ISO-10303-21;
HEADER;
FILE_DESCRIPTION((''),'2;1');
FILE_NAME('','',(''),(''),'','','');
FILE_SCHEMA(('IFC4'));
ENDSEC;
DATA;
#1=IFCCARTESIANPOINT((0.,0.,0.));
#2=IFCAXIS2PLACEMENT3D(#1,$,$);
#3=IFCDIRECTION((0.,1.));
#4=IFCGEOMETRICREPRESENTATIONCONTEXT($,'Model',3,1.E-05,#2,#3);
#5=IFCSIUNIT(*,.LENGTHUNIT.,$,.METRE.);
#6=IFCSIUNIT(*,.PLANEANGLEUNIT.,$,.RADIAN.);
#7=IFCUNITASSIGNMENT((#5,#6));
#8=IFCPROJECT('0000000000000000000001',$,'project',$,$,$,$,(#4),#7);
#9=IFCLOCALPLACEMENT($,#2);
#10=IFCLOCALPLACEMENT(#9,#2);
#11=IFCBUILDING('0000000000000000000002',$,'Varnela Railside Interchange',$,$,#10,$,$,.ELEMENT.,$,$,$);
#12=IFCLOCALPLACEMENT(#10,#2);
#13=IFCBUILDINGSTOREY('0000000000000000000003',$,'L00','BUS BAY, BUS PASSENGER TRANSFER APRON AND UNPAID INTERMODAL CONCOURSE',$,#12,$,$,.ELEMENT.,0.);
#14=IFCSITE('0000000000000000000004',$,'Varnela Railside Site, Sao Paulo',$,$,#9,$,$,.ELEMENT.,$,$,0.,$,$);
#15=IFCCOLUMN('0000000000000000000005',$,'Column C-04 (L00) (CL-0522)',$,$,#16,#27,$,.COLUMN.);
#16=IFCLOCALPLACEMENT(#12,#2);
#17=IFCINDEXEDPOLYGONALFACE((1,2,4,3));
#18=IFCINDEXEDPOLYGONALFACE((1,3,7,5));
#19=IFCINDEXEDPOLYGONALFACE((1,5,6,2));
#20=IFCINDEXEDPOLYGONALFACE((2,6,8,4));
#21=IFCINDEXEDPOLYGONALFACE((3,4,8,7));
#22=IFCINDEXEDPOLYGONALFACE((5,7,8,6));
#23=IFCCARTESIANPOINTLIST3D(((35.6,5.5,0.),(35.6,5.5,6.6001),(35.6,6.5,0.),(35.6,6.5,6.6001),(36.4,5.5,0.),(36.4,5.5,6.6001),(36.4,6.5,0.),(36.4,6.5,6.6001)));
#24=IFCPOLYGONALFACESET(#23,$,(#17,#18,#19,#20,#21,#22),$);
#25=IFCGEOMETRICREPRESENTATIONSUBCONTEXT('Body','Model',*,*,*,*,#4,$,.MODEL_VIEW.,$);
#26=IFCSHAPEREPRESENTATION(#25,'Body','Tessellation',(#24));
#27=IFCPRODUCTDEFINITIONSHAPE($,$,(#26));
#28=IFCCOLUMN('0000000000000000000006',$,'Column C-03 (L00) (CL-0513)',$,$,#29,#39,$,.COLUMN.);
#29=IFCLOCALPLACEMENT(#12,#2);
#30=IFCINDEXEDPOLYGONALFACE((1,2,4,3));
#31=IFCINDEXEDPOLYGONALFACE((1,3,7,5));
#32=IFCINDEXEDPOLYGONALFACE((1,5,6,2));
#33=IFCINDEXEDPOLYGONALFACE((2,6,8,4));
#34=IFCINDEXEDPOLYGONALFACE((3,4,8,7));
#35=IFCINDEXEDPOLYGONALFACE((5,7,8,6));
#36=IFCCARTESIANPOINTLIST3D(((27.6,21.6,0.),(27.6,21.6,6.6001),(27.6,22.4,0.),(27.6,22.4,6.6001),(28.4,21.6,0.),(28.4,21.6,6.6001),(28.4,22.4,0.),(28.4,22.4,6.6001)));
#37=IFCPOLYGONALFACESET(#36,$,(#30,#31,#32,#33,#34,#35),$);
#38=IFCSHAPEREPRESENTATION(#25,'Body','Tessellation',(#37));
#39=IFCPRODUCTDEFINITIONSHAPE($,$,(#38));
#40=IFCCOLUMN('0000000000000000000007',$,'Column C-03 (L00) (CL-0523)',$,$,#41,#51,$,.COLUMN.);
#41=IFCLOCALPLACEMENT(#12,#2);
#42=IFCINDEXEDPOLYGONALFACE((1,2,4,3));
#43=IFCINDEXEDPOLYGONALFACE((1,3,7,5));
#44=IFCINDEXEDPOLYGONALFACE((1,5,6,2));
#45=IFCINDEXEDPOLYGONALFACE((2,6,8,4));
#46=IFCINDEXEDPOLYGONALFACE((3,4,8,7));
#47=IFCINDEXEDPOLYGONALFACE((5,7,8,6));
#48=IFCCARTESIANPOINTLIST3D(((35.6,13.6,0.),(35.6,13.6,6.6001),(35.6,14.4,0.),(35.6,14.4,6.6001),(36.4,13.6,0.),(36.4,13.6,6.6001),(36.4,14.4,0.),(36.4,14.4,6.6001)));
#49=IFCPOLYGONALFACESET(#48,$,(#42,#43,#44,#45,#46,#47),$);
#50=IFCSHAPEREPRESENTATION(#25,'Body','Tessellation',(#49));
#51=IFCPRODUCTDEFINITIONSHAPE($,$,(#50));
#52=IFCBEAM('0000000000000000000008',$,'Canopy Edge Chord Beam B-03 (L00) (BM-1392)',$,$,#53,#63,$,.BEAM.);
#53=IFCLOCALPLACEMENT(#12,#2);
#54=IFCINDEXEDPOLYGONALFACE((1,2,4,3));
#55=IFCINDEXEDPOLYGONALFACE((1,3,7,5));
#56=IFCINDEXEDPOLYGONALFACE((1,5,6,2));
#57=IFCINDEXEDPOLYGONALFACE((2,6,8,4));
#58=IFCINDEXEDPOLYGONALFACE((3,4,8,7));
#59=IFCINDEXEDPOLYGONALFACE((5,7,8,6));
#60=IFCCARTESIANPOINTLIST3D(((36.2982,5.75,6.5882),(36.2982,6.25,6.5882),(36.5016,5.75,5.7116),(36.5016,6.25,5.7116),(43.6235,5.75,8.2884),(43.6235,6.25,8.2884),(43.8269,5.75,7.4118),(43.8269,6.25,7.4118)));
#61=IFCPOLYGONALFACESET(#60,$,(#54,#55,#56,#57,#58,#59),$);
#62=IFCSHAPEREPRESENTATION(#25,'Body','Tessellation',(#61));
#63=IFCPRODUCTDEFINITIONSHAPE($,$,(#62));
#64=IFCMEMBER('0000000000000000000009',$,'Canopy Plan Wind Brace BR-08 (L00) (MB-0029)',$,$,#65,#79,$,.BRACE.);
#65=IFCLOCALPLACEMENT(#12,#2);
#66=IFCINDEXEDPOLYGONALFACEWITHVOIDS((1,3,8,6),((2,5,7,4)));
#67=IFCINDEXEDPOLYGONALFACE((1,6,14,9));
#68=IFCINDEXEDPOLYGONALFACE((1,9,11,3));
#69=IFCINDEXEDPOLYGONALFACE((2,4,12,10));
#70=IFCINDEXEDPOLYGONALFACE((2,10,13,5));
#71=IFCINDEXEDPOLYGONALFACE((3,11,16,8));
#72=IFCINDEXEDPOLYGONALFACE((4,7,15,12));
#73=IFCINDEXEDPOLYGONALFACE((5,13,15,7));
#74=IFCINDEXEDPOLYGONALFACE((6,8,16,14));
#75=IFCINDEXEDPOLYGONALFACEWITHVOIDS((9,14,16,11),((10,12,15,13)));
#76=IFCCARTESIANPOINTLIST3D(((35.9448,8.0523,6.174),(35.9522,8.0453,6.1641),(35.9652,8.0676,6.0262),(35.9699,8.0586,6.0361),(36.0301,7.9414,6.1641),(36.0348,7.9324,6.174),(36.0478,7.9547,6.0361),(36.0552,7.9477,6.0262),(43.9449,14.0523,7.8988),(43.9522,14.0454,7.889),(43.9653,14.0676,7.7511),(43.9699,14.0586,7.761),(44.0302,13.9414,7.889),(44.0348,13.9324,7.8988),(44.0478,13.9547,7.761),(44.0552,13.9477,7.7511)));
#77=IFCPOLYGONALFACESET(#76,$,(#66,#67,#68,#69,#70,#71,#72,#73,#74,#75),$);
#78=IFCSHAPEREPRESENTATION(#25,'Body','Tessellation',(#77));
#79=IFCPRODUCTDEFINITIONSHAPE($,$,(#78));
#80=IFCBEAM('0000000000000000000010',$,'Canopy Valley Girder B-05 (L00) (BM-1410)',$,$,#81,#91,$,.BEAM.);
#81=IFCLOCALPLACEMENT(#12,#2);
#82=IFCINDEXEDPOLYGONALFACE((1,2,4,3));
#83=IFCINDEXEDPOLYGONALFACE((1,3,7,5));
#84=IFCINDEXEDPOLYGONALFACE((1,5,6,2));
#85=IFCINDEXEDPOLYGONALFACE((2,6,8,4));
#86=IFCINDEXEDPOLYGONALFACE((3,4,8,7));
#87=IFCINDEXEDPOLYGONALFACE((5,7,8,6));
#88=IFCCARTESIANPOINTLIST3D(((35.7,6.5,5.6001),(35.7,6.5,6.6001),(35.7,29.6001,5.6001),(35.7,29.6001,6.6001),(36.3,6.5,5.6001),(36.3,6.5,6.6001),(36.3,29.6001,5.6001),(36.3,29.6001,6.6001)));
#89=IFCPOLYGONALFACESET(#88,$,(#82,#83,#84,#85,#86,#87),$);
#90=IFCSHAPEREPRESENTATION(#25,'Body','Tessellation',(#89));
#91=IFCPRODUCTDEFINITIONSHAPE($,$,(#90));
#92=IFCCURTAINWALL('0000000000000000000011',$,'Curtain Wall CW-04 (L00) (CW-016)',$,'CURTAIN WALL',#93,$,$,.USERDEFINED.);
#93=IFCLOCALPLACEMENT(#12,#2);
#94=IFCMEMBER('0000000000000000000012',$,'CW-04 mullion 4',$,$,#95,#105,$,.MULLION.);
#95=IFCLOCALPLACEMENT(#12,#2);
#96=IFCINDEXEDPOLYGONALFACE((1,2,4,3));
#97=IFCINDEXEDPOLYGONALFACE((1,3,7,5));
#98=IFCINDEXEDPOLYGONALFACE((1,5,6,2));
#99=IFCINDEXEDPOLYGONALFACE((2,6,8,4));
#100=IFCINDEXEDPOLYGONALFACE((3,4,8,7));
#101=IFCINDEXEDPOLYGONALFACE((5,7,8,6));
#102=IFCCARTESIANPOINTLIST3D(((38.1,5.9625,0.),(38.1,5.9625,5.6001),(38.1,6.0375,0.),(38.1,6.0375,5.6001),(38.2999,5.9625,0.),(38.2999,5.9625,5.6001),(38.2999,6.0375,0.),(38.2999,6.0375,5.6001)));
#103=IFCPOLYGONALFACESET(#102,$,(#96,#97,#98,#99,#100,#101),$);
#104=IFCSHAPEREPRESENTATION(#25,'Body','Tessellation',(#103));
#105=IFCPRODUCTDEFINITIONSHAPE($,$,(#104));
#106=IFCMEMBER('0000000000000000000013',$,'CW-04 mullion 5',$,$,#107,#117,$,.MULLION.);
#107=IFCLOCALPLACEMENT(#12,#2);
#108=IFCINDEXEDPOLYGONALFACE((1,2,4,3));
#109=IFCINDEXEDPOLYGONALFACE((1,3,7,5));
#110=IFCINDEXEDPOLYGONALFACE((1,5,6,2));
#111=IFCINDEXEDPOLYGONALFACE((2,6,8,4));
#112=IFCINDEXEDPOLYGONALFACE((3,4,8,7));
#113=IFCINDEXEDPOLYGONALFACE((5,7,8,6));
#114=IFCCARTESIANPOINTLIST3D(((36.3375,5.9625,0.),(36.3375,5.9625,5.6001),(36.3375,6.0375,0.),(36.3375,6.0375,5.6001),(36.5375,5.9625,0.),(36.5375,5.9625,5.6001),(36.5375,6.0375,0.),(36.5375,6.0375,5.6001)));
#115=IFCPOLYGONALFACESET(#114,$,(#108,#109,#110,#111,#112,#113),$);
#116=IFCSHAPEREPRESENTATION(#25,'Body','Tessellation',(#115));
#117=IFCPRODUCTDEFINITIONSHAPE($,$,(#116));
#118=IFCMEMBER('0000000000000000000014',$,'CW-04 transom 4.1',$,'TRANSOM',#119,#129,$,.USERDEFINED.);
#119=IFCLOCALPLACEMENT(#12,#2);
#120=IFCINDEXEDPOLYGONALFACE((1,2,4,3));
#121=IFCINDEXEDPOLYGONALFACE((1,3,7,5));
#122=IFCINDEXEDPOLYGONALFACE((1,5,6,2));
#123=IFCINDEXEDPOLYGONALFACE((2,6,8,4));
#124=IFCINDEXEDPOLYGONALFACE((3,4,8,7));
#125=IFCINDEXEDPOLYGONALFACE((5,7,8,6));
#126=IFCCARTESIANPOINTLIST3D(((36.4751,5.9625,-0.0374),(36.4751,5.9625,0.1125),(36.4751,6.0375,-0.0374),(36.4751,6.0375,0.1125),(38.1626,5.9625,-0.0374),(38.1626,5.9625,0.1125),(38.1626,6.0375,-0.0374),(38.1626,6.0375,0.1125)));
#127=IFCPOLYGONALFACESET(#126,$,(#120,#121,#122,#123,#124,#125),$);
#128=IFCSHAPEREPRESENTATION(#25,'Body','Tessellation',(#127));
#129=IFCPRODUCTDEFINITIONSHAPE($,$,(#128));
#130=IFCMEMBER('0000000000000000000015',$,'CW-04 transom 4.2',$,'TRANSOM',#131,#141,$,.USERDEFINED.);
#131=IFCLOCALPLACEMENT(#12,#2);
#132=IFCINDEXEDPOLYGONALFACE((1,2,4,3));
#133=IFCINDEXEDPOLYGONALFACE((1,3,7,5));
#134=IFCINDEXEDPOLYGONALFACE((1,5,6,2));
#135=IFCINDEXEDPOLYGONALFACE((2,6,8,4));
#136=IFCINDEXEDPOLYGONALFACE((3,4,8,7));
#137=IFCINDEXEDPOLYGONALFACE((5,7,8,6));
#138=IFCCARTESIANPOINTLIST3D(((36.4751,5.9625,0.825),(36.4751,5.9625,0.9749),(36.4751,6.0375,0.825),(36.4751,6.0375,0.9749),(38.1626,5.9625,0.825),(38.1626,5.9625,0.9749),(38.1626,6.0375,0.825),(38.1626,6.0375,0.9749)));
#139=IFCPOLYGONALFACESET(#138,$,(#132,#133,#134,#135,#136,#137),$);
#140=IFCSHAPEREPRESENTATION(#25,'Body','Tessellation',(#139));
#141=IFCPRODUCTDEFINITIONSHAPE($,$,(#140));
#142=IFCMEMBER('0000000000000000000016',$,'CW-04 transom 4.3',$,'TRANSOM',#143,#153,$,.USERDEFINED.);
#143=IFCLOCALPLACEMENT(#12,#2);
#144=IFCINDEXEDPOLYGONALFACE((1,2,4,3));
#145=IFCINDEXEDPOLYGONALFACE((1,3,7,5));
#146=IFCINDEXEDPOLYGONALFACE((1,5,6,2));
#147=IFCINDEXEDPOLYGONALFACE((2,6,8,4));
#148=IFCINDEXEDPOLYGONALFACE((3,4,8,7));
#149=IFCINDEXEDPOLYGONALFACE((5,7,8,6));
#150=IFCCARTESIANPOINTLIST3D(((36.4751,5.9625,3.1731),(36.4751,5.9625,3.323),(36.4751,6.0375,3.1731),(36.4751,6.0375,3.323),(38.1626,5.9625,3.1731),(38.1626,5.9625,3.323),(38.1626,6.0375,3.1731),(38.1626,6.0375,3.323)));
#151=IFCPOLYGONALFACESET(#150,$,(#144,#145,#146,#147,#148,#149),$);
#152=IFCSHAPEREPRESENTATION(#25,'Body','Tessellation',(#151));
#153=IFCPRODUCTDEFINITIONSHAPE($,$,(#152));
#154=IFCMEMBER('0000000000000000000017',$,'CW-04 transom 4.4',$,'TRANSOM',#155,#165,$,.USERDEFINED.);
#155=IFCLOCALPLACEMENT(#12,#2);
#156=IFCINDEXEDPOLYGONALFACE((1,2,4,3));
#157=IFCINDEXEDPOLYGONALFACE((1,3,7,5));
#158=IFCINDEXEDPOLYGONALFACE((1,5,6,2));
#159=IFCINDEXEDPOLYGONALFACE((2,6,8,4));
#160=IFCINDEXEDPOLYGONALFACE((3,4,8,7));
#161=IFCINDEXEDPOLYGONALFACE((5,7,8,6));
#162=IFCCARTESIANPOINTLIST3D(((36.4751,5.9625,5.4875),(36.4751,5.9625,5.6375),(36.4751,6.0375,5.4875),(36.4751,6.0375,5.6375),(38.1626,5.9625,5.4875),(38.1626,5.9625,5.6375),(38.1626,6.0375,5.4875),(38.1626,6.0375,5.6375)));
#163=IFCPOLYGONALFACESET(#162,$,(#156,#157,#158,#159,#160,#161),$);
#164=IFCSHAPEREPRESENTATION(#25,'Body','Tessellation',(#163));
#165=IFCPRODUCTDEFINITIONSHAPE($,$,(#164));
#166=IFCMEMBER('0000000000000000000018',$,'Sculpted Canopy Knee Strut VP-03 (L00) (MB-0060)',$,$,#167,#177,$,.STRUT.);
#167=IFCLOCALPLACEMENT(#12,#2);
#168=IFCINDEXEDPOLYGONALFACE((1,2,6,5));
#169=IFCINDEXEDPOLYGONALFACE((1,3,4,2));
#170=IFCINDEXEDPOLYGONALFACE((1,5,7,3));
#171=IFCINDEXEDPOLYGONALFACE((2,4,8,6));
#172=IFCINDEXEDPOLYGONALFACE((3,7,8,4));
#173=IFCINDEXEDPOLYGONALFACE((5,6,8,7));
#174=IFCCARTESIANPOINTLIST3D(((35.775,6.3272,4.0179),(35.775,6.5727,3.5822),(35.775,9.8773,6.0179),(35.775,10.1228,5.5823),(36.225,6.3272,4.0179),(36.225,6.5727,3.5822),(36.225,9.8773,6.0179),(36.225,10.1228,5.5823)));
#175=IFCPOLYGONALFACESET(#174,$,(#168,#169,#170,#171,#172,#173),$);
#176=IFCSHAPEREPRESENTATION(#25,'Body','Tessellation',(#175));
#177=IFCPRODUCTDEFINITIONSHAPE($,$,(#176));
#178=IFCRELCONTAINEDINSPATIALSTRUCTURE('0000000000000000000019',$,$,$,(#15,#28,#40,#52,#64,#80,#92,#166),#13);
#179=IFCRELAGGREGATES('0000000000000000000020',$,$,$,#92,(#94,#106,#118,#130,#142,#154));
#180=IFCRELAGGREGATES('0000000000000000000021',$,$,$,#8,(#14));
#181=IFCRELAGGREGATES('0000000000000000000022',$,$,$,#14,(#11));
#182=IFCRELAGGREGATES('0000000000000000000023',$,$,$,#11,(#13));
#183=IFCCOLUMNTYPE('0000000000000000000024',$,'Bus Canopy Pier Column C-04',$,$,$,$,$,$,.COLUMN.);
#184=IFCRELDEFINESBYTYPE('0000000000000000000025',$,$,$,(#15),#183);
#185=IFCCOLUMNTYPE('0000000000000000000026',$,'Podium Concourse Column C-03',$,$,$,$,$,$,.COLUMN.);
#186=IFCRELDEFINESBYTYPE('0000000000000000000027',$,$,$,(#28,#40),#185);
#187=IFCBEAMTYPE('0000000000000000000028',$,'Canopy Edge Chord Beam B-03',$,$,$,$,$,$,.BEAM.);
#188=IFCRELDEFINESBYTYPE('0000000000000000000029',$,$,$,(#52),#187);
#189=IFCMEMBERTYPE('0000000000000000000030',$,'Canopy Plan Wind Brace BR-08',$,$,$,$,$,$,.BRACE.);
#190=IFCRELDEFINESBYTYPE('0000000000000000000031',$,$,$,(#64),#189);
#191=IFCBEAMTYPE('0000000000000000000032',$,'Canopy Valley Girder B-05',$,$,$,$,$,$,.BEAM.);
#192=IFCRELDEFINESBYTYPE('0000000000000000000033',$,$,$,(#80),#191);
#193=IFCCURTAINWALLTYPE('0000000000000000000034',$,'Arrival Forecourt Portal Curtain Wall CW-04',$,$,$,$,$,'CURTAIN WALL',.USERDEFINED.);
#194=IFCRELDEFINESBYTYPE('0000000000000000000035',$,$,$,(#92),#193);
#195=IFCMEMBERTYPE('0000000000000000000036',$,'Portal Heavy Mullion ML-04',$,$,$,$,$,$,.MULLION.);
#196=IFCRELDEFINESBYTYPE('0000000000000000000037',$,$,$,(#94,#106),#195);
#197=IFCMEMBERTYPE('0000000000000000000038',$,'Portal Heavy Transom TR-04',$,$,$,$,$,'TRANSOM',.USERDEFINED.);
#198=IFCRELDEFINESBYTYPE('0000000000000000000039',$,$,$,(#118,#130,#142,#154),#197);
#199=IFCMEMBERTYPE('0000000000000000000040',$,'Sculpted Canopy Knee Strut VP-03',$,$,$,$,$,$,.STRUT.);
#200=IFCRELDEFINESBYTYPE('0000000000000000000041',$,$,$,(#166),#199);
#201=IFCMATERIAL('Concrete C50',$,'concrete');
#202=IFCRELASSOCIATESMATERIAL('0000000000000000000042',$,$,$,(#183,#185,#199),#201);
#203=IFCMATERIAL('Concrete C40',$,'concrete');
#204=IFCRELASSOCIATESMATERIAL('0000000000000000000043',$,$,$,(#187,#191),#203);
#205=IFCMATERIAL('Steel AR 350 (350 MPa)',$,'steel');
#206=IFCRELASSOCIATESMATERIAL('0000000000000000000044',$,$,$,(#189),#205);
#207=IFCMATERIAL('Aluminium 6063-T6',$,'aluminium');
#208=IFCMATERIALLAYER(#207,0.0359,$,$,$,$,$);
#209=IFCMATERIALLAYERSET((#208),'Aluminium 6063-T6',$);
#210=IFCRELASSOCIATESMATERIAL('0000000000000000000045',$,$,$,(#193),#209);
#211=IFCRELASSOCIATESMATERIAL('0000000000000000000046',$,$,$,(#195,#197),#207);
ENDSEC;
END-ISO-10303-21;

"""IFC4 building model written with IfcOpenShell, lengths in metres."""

from ifc_helpers import new_model, si_unit, direction, frame, origin, origin_2d, place, context, subcontext, project, spatial, rectangle, hollow_rectangle, extrude, material, layer, layer_set, material_profile, profile_set, type_object, element, aggregate, save


model = new_model("IFC4")

# Units and contexts
model_context = context("Model", 3, precision=1e-05, world=origin(), true_north=direction((0.0, 1.0)))
body_context = subcontext(model_context, "Body", "Model", "MODEL_VIEW")
ifc_project = project(units=[si_unit("LENGTHUNIT", "METRE"), si_unit("PLANEANGLEUNIT", "RADIAN")], contexts=[model_context])

# Site, building, storey
site_placement = place(None, origin())
site = spatial("IfcSite", under=ifc_project, at=site_placement, Name="Varnela Railside Site, Sao Paulo", CompositionType="ELEMENT", RefElevation=0.0)
building_placement = place(site_placement, origin())
building = spatial("IfcBuilding", under=site, at=building_placement, Name="Varnela Railside Interchange", CompositionType="ELEMENT")
storey_placement = place(building_placement, origin())
storey = spatial("IfcBuildingStorey", under=building, at=storey_placement, Name="L00", Description="BUS BAY, BUS PASSENGER TRANSFER APRON AND UNPAID INTERMODAL CONCOURSE", CompositionType="ELEMENT", Elevation=0.0)

# Columns
ifc_material_1 = material(Name="Concrete C50", Category="concrete")
ifc_material_profile_1 = material_profile(ifc_material_1, rectangle(XDim=0.8, YDim=1.0, at=origin_2d()), Name="RC 800x1000")
ifc_profile_set_1 = profile_set([ifc_material_profile_1], Name="Concrete C50")
column_type_1 = type_object("IfcColumnType", Name="Bus Canopy Pier Column C-04", PredefinedType="COLUMN", material=ifc_profile_set_1)
column_placement = place(storey_placement, frame((36.0, 6.0, 0.0), z_axis=(0.0, 0.0, 1.0), x_axis=(1.0, 0.0, 0.0)))
element("IfcColumn", 1, at=column_placement, inside=storey, type_object=column_type_1, Name="Column C-04 (L00) (CL-0522)", PredefinedType="COLUMN", context=body_context, shape_type="SweptSolid", body=[
    extrude(rectangle(XDim=0.8, YDim=1.0, at=origin_2d()), origin(), (0.0, 0.0, 1.0), 6.6001),
])
ifc_material_profile_2 = material_profile(ifc_material_1, rectangle(XDim=0.8, YDim=0.8, at=origin_2d()), Name="RC 800x800")
ifc_profile_set_2 = profile_set([ifc_material_profile_2], Name="Concrete C50")
column_type_2 = type_object("IfcColumnType", Name="Podium Concourse Column C-03", PredefinedType="COLUMN", material=ifc_profile_set_2)
for number, where, z_axis, x_axis, name in (
    (2, (28.0, 22.0, 0.0), (0.0, 0.0, 1.0), (1.0, 0.0, 0.0), "Column C-03 (L00) (CL-0513)"),
    (3, (36.0, 14.0, 0.0), (0.0, 0.0, 1.0), (1.0, 0.0, 0.0), "Column C-03 (L00) (CL-0523)"),
):
    element("IfcColumn", number, at=place(storey_placement, frame(where, z_axis=z_axis, x_axis=x_axis)), inside=storey, type_object=column_type_2, Name=name, PredefinedType="COLUMN", context=body_context, shape_type="SweptSolid", body=[
        extrude(rectangle(XDim=0.8, YDim=0.8, at=origin_2d()), origin(), (0.0, 0.0, 1.0), 6.6001),
    ])

# Beam
ifc_material_2 = material(Name="Concrete C40", Category="concrete")
ifc_material_profile_3 = material_profile(ifc_material_2, rectangle(XDim=0.5, YDim=0.8999, at=origin_2d()), Name="RC 500x900")
ifc_profile_set_3 = profile_set([ifc_material_profile_3], Name="Concrete C40")
beam_type_1 = type_object("IfcBeamType", Name="Canopy Edge Chord Beam B-03", PredefinedType="BEAM", material=ifc_profile_set_3)
beam_1_placement = place(storey_placement, frame((36.3999, 6.0, 6.1499), z_axis=(0.974106, 0.0, 0.226092), x_axis=(0.0, 1.0, 0.0)))
element("IfcBeam", 4, at=beam_1_placement, inside=storey, type_object=beam_type_1, Name="Canopy Edge Chord Beam B-03 (L00) (BM-1392)", PredefinedType="BEAM", context=body_context, shape_type="SweptSolid", body=[
    extrude(rectangle(XDim=0.5, YDim=0.8999, at=origin_2d()), origin(), (0.0, 0.0, 1.0), 7.52),
])

# Member
ifc_material_3 = material(Name="Steel AR 350 (350 MPa)", Category="steel")
ifc_material_profile_4 = material_profile(ifc_material_3, hollow_rectangle(XDim=0.1499, YDim=0.1499, WallThickness=0.01, at=origin_2d()), Name="HSS 150x150x10")
ifc_profile_set_4 = profile_set([ifc_material_profile_4], Name="Steel AR 350 (350 MPa)")
member_type_1 = type_object("IfcMemberType", Name="Canopy Plan Wind Brace BR-08", PredefinedType="BRACE", material=ifc_profile_set_4)
member_1_placement = place(storey_placement, frame((36.0, 8.0, 6.1001), z_axis=(0.788359, 0.591269, 0.169975), x_axis=(-0.6, 0.8, 0.0)))
element("IfcMember", 5, at=member_1_placement, inside=storey, type_object=member_type_1, Name="Canopy Plan Wind Brace BR-08 (L00) (MB-0029)", PredefinedType="BRACE", context=body_context, shape_type="SweptSolid", body=[
    extrude(hollow_rectangle(XDim=0.1499, YDim=0.1499, WallThickness=0.01, at=origin_2d()), origin(), (0.0, 0.0, 1.0), 10.1477),
])

# Beam
ifc_material_profile_5 = material_profile(ifc_material_2, rectangle(XDim=0.6001, YDim=1.0, at=origin_2d()), Name="RC 600x1000")
ifc_profile_set_5 = profile_set([ifc_material_profile_5], Name="Concrete C40")
beam_type_2 = type_object("IfcBeamType", Name="Canopy Valley Girder B-05", PredefinedType="BEAM", material=ifc_profile_set_5)
beam_2_placement = place(storey_placement, frame((36.0, 6.5, 6.1001), z_axis=(0.0, 1.0, 0.0), x_axis=(-1.0, 0.0, 0.0)))
element("IfcBeam", 6, at=beam_2_placement, inside=storey, type_object=beam_type_2, Name="Canopy Valley Girder B-05 (L00) (BM-1410)", PredefinedType="BEAM", context=body_context, shape_type="SweptSolid", body=[
    extrude(rectangle(XDim=0.6001, YDim=1.0, at=origin_2d()), origin(), (0.0, 0.0, 1.0), 23.1001),
])

# Curtain wall, members
ifc_material_4 = material(Name="Aluminium 6063-T6", Category="aluminium")
ifc_layer_1 = layer(ifc_material_4, 0.0359)
ifc_layer_set_1 = layer_set([ifc_layer_1], Name="Aluminium 6063-T6")
curtain_wall_type = type_object("IfcCurtainWallType", Name="Arrival Forecourt Portal Curtain Wall CW-04", ElementType="CURTAIN WALL", PredefinedType="USERDEFINED", material=ifc_layer_set_1)
curtain_wall_placement = place(storey_placement, origin())
curtain_wall = element("IfcCurtainWall", 7, at=curtain_wall_placement, inside=storey, type_object=curtain_wall_type, Name="Curtain Wall CW-04 (L00) (CW-016)", ObjectType="CURTAIN WALL", PredefinedType="USERDEFINED")
ifc_material_profile_6 = material_profile(ifc_material_4, rectangle(XDim=0.075, YDim=0.2, at=origin_2d()), Name="ALU 75x200")
ifc_profile_set_6 = profile_set([ifc_material_profile_6], Name="Aluminium 6063-T6")
member_type_2 = type_object("IfcMemberType", Name="Portal Heavy Mullion ML-04", PredefinedType="MULLION", material=ifc_profile_set_6)
member_2_placement = place(storey_placement, frame((38.2, 6.0, 0.0), z_axis=(0.0, 0.0, 1.0), x_axis=(0.0, -1.0, 0.0)))
member_2 = element("IfcMember", 8, at=member_2_placement, type_object=member_type_2, Name="CW-04 mullion 4", PredefinedType="MULLION", context=body_context, shape_type="SweptSolid", body=[
    extrude(rectangle(XDim=0.075, YDim=0.2, at=origin_2d()), origin(), (0.0, 0.0, 1.0), 5.6001),
])
member_3_placement = place(storey_placement, frame((36.4375, 6.0, 0.0), z_axis=(0.0, 0.0, 1.0), x_axis=(0.0, -1.0, 0.0)))
member_3 = element("IfcMember", 9, at=member_3_placement, type_object=member_type_2, Name="CW-04 mullion 5", PredefinedType="MULLION", context=body_context, shape_type="SweptSolid", body=[
    extrude(rectangle(XDim=0.075, YDim=0.2, at=origin_2d()), origin(), (0.0, 0.0, 1.0), 5.6001),
])
ifc_material_profile_7 = material_profile(ifc_material_4, rectangle(XDim=0.075, YDim=0.1499, at=origin_2d()), Name="ALU 75x150")
ifc_profile_set_7 = profile_set([ifc_material_profile_7], Name="Aluminium 6063-T6")
member_type_3 = type_object("IfcMemberType", Name="Portal Heavy Transom TR-04", ElementType="TRANSOM", PredefinedType="USERDEFINED", material=ifc_profile_set_7)
member_4_placement = place(storey_placement, frame((38.1626, 6.0, 0.0376), z_axis=(-1.0, 0.0, 0.0), x_axis=(0.0, -1.0, 0.0)))
member_4 = element("IfcMember", 10, at=member_4_placement, type_object=member_type_3, Name="CW-04 transom 4.1", ObjectType="TRANSOM", PredefinedType="USERDEFINED", context=body_context, shape_type="SweptSolid", body=[
    extrude(rectangle(XDim=0.075, YDim=0.1499, at=origin_2d()), origin(), (0.0, 0.0, 1.0), 1.6875),
])
member_5_placement = place(storey_placement, frame((38.1626, 6.0, 0.8999), z_axis=(-1.0, 0.0, 0.0), x_axis=(0.0, -1.0, 0.0)))
member_5 = element("IfcMember", 11, at=member_5_placement, type_object=member_type_3, Name="CW-04 transom 4.2", ObjectType="TRANSOM", PredefinedType="USERDEFINED", context=body_context, shape_type="SweptSolid", body=[
    extrude(rectangle(XDim=0.075, YDim=0.1499, at=origin_2d()), origin(), (0.0, 0.0, 1.0), 1.6875),
])
member_6_placement = place(storey_placement, frame((38.1626, 6.0, 3.248), z_axis=(-1.0, 0.0, 0.0), x_axis=(0.0, -1.0, 0.0)))
member_6 = element("IfcMember", 12, at=member_6_placement, type_object=member_type_3, Name="CW-04 transom 4.3", ObjectType="TRANSOM", PredefinedType="USERDEFINED", context=body_context, shape_type="SweptSolid", body=[
    extrude(rectangle(XDim=0.075, YDim=0.1499, at=origin_2d()), origin(), (0.0, 0.0, 1.0), 1.6875),
])
member_7_placement = place(storey_placement, frame((38.1626, 6.0, 5.5625), z_axis=(-1.0, 0.0, 0.0), x_axis=(0.0, -1.0, 0.0)))
member_7 = element("IfcMember", 13, at=member_7_placement, type_object=member_type_3, Name="CW-04 transom 4.4", ObjectType="TRANSOM", PredefinedType="USERDEFINED", context=body_context, shape_type="SweptSolid", body=[
    extrude(rectangle(XDim=0.075, YDim=0.1499, at=origin_2d()), origin(), (0.0, 0.0, 1.0), 1.6875),
])

# Member
ifc_material_profile_8 = material_profile(ifc_material_1, rectangle(XDim=0.45, YDim=0.5, at=origin_2d()), Name="RC 450x500")
ifc_profile_set_8 = profile_set([ifc_material_profile_8], Name="Concrete C50")
member_type_4 = type_object("IfcMemberType", Name="Sculpted Canopy Knee Strut VP-03", PredefinedType="STRUT", material=ifc_profile_set_8)
member_8_placement = place(storey_placement, frame((36.0, 6.45, 3.8), z_axis=(0.0, 0.871251, 0.490839), x_axis=(-1.0, 0.0, 0.0)))
element("IfcMember", 14, at=member_8_placement, inside=storey, type_object=member_type_4, Name="Sculpted Canopy Knee Strut VP-03 (L00) (MB-0060)", PredefinedType="STRUT", context=body_context, shape_type="SweptSolid", body=[
    extrude(rectangle(XDim=0.45, YDim=0.5, at=origin_2d()), origin(), (0.0, 0.0, 1.0), 4.0747),
])

aggregate(curtain_wall, [member_2, member_3, member_4, member_5, member_6, member_7])

save(model, "model.ifc")
